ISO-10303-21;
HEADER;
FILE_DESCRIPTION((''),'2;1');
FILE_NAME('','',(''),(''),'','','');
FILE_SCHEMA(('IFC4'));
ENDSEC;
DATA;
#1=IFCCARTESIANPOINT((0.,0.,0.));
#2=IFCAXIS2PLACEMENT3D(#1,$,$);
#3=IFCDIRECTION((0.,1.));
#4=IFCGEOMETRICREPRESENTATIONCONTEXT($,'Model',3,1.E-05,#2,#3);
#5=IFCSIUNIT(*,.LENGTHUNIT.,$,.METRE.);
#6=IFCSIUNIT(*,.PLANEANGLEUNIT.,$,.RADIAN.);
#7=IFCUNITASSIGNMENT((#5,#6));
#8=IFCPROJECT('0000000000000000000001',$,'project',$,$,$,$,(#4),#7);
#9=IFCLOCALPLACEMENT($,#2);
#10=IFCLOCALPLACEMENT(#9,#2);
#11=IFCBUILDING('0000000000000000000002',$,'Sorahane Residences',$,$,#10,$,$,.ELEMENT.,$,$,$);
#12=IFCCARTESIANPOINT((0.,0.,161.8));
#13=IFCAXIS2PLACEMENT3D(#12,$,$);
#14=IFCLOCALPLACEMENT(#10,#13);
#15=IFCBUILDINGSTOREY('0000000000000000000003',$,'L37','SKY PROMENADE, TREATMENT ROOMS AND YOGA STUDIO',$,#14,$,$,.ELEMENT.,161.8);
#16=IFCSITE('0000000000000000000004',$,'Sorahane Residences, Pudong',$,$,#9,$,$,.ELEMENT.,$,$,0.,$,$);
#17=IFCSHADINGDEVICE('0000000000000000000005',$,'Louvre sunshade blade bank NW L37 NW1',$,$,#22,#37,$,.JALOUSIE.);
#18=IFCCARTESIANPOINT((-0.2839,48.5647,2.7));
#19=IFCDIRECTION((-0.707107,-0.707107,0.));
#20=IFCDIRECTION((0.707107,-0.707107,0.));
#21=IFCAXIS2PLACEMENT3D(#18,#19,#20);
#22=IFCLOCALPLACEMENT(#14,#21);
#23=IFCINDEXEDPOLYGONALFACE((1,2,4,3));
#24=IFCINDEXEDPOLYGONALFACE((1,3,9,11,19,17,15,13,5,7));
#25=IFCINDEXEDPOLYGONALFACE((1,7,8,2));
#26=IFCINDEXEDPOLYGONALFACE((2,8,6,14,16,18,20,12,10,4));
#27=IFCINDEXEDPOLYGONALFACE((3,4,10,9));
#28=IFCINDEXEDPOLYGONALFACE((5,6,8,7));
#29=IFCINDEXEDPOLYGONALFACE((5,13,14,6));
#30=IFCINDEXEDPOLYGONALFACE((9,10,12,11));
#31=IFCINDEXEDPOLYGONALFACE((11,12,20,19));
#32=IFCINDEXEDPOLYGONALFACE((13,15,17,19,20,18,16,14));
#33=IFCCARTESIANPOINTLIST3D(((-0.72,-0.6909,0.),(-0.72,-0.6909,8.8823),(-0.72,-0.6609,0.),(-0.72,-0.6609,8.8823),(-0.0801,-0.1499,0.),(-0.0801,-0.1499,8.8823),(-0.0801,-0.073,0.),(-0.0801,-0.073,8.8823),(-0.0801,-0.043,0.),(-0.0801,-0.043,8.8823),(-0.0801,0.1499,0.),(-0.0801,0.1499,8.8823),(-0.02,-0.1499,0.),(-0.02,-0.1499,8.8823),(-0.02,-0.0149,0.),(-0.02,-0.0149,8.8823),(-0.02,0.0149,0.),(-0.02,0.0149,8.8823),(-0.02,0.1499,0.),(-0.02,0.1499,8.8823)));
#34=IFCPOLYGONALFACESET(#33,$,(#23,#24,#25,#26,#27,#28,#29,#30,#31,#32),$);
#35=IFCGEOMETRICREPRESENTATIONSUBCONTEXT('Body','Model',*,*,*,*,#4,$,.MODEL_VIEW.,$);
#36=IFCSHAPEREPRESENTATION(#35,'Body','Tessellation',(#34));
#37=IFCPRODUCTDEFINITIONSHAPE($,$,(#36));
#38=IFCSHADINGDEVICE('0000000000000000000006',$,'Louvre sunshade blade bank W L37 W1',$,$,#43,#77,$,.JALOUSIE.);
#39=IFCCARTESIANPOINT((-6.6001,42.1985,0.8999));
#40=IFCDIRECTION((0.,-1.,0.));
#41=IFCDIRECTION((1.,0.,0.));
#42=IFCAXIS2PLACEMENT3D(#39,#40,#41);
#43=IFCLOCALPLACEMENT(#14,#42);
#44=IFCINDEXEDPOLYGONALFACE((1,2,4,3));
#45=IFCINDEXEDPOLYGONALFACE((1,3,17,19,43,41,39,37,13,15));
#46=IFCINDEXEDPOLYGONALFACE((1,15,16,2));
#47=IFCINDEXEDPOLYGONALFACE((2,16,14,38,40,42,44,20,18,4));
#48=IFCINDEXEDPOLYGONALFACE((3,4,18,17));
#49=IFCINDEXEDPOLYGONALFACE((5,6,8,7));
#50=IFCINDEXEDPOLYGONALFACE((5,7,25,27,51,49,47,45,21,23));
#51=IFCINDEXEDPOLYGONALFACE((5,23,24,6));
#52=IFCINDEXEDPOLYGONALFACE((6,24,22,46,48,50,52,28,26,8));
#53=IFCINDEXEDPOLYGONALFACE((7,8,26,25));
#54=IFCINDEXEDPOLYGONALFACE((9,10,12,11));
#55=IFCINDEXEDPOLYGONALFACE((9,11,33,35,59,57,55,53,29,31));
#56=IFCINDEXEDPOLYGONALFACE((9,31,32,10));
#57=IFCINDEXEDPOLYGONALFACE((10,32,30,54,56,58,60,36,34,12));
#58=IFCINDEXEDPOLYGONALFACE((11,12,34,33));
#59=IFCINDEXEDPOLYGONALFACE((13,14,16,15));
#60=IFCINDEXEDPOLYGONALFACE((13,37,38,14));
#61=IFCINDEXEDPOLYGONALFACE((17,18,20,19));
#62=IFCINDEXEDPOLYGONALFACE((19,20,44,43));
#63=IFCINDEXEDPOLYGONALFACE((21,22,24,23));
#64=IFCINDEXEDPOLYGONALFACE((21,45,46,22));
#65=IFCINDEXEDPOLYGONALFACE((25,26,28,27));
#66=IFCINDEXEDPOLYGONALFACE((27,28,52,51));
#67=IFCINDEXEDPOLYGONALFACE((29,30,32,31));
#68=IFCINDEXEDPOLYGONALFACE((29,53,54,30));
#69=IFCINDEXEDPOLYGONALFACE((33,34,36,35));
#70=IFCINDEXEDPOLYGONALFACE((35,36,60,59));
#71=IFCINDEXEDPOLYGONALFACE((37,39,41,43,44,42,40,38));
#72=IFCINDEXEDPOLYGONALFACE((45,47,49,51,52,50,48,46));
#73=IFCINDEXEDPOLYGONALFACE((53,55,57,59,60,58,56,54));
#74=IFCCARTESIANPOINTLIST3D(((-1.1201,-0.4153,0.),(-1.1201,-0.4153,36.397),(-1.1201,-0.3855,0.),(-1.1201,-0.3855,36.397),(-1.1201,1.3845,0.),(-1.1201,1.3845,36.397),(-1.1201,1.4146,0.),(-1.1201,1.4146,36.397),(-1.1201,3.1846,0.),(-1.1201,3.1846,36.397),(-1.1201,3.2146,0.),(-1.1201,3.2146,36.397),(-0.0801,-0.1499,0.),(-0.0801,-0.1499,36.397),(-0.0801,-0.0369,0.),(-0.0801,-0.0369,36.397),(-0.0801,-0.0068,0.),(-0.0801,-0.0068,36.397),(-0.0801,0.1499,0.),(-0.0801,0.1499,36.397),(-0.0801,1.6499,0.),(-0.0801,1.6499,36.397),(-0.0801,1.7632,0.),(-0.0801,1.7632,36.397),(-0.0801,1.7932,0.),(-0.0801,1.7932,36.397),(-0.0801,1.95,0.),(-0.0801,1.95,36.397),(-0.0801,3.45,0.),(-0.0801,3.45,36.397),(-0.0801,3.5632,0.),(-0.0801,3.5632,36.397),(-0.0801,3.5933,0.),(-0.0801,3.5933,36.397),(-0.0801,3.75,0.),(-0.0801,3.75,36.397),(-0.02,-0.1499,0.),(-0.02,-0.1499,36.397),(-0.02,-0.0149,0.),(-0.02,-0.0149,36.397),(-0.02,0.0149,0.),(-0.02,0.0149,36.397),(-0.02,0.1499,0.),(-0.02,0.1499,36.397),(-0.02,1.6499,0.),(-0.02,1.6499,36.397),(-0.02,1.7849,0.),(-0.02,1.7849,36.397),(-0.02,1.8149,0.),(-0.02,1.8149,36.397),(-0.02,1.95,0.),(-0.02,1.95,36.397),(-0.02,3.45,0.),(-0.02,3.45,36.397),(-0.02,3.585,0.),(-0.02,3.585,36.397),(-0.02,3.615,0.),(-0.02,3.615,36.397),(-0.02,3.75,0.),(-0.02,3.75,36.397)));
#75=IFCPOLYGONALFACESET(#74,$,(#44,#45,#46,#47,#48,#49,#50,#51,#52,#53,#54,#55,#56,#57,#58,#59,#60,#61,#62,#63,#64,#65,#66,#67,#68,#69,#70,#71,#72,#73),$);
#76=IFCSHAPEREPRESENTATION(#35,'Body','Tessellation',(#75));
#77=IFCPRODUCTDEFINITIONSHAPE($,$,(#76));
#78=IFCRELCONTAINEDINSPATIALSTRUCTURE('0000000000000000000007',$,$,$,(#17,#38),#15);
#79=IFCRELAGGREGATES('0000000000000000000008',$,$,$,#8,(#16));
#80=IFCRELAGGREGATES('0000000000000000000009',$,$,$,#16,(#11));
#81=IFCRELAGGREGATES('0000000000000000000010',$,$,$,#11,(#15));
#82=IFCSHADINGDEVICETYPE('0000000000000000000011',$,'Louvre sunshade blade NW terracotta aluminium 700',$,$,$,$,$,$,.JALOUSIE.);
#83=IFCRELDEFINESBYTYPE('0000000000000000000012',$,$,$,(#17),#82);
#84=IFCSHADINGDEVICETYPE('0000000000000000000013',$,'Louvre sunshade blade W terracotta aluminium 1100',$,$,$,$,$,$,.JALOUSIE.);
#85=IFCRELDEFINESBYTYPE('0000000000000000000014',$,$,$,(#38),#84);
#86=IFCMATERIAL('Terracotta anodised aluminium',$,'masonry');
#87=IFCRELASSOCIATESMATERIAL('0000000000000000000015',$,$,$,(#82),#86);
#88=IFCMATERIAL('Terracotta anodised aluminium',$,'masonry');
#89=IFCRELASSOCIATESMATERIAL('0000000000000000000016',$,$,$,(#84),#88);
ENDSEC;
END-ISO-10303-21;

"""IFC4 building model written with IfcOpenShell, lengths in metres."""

from ifc_helpers import new_model, si_unit, direction, frame, origin, place, context, subcontext, project, spatial, polyline, outline, composite_profile, extrude, material, type_object, element, save


model = new_model("IFC4")

# Units and contexts
model_context = context("Model", 3, precision=1e-05, world=origin(), true_north=direction((0.0, 1.0)))
body_context = subcontext(model_context, "Body", "Model", "MODEL_VIEW")
ifc_project = project(units=[si_unit("LENGTHUNIT", "METRE"), si_unit("PLANEANGLEUNIT", "RADIAN")], contexts=[model_context])

# Site, building, storey
site_placement = place(None, origin())
site = spatial("IfcSite", under=ifc_project, at=site_placement, Name="Sorahane Residences, Pudong", CompositionType="ELEMENT", RefElevation=0.0)
building_placement = place(site_placement, origin())
building = spatial("IfcBuilding", under=site, at=building_placement, Name="Sorahane Residences", CompositionType="ELEMENT")
storey_placement = place(building_placement, frame((0.0, 0.0, 161.8)))
storey = spatial("IfcBuildingStorey", under=building, at=storey_placement, Name="L37", Description="SKY PROMENADE, TREATMENT ROOMS AND YOGA STUDIO", CompositionType="ELEMENT", Elevation=161.8)

# Shading devices
ifc_material_1 = material(Name="Terracotta anodised aluminium", Category="masonry")
shading_device_type_1 = type_object("IfcShadingDeviceType", Name="Louvre sunshade blade NW terracotta aluminium 700", PredefinedType="JALOUSIE", material=ifc_material_1)
shading_device_1_placement = place(storey_placement, frame((-0.2839, 48.5647, 2.7), z_axis=(-0.707107, -0.707107, 0.0), x_axis=(0.707107, -0.707107, 0.0)))
element("IfcShadingDevice", 1, at=shading_device_1_placement, inside=storey, type_object=shading_device_type_1, Name="Louvre sunshade blade bank NW L37 NW1", PredefinedType="JALOUSIE", context=body_context, shape_type="SweptSolid", body=[
    extrude(outline(polyline([(-0.72, -0.6609), (-0.72, -0.6909), (-0.0801, -0.073), (-0.0801, -0.1499), (-0.02, -0.1499), (-0.02, -0.0149), (-0.02, 0.0149), (-0.02, 0.1499), (-0.0801, 0.1499), (-0.0801, -0.043), (-0.72, -0.6609)])), origin(), (0.0, 0.0, 1.0), 8.8823),
])
ifc_material_2 = material(Name="Terracotta anodised aluminium", Category="masonry")
shading_device_type_2 = type_object("IfcShadingDeviceType", Name="Louvre sunshade blade W terracotta aluminium 1100", PredefinedType="JALOUSIE", material=ifc_material_2)
shading_device_2_placement = place(storey_placement, frame((-6.6001, 42.1985, 0.8999), z_axis=(0.0, -1.0, 0.0), x_axis=(1.0, 0.0, 0.0)))
element("IfcShadingDevice", 2, at=shading_device_2_placement, inside=storey, type_object=shading_device_type_2, Name="Louvre sunshade blade bank W L37 W1", PredefinedType="JALOUSIE", context=body_context, shape_type="SweptSolid", body=[
    extrude(composite_profile([outline(polyline([(-1.1201, -0.3855), (-1.1201, -0.4153), (-0.0801, -0.0369), (-0.0801, -0.1499), (-0.02, -0.1499), (-0.02, -0.0149), (-0.02, 0.0149), (-0.02, 0.1499), (-0.0801, 0.1499), (-0.0801, -0.0068), (-1.1201, -0.3855)])), outline(polyline([(-1.1201, 1.4146), (-1.1201, 1.3845), (-0.0801, 1.7632), (-0.0801, 1.6499), (-0.02, 1.6499), (-0.02, 1.7849), (-0.02, 1.8149), (-0.02, 1.95), (-0.0801, 1.95), (-0.0801, 1.7932), (-1.1201, 1.4146)])), outline(polyline([(-1.1201, 3.2146), (-1.1201, 3.1846), (-0.0801, 3.5632), (-0.0801, 3.45), (-0.02, 3.45), (-0.02, 3.585), (-0.02, 3.615), (-0.02, 3.75), (-0.0801, 3.75), (-0.0801, 3.5933), (-1.1201, 3.2146)]))]), origin(), (0.0, 0.0, 1.0), 36.397),
])

save(model, "model.ifc")
